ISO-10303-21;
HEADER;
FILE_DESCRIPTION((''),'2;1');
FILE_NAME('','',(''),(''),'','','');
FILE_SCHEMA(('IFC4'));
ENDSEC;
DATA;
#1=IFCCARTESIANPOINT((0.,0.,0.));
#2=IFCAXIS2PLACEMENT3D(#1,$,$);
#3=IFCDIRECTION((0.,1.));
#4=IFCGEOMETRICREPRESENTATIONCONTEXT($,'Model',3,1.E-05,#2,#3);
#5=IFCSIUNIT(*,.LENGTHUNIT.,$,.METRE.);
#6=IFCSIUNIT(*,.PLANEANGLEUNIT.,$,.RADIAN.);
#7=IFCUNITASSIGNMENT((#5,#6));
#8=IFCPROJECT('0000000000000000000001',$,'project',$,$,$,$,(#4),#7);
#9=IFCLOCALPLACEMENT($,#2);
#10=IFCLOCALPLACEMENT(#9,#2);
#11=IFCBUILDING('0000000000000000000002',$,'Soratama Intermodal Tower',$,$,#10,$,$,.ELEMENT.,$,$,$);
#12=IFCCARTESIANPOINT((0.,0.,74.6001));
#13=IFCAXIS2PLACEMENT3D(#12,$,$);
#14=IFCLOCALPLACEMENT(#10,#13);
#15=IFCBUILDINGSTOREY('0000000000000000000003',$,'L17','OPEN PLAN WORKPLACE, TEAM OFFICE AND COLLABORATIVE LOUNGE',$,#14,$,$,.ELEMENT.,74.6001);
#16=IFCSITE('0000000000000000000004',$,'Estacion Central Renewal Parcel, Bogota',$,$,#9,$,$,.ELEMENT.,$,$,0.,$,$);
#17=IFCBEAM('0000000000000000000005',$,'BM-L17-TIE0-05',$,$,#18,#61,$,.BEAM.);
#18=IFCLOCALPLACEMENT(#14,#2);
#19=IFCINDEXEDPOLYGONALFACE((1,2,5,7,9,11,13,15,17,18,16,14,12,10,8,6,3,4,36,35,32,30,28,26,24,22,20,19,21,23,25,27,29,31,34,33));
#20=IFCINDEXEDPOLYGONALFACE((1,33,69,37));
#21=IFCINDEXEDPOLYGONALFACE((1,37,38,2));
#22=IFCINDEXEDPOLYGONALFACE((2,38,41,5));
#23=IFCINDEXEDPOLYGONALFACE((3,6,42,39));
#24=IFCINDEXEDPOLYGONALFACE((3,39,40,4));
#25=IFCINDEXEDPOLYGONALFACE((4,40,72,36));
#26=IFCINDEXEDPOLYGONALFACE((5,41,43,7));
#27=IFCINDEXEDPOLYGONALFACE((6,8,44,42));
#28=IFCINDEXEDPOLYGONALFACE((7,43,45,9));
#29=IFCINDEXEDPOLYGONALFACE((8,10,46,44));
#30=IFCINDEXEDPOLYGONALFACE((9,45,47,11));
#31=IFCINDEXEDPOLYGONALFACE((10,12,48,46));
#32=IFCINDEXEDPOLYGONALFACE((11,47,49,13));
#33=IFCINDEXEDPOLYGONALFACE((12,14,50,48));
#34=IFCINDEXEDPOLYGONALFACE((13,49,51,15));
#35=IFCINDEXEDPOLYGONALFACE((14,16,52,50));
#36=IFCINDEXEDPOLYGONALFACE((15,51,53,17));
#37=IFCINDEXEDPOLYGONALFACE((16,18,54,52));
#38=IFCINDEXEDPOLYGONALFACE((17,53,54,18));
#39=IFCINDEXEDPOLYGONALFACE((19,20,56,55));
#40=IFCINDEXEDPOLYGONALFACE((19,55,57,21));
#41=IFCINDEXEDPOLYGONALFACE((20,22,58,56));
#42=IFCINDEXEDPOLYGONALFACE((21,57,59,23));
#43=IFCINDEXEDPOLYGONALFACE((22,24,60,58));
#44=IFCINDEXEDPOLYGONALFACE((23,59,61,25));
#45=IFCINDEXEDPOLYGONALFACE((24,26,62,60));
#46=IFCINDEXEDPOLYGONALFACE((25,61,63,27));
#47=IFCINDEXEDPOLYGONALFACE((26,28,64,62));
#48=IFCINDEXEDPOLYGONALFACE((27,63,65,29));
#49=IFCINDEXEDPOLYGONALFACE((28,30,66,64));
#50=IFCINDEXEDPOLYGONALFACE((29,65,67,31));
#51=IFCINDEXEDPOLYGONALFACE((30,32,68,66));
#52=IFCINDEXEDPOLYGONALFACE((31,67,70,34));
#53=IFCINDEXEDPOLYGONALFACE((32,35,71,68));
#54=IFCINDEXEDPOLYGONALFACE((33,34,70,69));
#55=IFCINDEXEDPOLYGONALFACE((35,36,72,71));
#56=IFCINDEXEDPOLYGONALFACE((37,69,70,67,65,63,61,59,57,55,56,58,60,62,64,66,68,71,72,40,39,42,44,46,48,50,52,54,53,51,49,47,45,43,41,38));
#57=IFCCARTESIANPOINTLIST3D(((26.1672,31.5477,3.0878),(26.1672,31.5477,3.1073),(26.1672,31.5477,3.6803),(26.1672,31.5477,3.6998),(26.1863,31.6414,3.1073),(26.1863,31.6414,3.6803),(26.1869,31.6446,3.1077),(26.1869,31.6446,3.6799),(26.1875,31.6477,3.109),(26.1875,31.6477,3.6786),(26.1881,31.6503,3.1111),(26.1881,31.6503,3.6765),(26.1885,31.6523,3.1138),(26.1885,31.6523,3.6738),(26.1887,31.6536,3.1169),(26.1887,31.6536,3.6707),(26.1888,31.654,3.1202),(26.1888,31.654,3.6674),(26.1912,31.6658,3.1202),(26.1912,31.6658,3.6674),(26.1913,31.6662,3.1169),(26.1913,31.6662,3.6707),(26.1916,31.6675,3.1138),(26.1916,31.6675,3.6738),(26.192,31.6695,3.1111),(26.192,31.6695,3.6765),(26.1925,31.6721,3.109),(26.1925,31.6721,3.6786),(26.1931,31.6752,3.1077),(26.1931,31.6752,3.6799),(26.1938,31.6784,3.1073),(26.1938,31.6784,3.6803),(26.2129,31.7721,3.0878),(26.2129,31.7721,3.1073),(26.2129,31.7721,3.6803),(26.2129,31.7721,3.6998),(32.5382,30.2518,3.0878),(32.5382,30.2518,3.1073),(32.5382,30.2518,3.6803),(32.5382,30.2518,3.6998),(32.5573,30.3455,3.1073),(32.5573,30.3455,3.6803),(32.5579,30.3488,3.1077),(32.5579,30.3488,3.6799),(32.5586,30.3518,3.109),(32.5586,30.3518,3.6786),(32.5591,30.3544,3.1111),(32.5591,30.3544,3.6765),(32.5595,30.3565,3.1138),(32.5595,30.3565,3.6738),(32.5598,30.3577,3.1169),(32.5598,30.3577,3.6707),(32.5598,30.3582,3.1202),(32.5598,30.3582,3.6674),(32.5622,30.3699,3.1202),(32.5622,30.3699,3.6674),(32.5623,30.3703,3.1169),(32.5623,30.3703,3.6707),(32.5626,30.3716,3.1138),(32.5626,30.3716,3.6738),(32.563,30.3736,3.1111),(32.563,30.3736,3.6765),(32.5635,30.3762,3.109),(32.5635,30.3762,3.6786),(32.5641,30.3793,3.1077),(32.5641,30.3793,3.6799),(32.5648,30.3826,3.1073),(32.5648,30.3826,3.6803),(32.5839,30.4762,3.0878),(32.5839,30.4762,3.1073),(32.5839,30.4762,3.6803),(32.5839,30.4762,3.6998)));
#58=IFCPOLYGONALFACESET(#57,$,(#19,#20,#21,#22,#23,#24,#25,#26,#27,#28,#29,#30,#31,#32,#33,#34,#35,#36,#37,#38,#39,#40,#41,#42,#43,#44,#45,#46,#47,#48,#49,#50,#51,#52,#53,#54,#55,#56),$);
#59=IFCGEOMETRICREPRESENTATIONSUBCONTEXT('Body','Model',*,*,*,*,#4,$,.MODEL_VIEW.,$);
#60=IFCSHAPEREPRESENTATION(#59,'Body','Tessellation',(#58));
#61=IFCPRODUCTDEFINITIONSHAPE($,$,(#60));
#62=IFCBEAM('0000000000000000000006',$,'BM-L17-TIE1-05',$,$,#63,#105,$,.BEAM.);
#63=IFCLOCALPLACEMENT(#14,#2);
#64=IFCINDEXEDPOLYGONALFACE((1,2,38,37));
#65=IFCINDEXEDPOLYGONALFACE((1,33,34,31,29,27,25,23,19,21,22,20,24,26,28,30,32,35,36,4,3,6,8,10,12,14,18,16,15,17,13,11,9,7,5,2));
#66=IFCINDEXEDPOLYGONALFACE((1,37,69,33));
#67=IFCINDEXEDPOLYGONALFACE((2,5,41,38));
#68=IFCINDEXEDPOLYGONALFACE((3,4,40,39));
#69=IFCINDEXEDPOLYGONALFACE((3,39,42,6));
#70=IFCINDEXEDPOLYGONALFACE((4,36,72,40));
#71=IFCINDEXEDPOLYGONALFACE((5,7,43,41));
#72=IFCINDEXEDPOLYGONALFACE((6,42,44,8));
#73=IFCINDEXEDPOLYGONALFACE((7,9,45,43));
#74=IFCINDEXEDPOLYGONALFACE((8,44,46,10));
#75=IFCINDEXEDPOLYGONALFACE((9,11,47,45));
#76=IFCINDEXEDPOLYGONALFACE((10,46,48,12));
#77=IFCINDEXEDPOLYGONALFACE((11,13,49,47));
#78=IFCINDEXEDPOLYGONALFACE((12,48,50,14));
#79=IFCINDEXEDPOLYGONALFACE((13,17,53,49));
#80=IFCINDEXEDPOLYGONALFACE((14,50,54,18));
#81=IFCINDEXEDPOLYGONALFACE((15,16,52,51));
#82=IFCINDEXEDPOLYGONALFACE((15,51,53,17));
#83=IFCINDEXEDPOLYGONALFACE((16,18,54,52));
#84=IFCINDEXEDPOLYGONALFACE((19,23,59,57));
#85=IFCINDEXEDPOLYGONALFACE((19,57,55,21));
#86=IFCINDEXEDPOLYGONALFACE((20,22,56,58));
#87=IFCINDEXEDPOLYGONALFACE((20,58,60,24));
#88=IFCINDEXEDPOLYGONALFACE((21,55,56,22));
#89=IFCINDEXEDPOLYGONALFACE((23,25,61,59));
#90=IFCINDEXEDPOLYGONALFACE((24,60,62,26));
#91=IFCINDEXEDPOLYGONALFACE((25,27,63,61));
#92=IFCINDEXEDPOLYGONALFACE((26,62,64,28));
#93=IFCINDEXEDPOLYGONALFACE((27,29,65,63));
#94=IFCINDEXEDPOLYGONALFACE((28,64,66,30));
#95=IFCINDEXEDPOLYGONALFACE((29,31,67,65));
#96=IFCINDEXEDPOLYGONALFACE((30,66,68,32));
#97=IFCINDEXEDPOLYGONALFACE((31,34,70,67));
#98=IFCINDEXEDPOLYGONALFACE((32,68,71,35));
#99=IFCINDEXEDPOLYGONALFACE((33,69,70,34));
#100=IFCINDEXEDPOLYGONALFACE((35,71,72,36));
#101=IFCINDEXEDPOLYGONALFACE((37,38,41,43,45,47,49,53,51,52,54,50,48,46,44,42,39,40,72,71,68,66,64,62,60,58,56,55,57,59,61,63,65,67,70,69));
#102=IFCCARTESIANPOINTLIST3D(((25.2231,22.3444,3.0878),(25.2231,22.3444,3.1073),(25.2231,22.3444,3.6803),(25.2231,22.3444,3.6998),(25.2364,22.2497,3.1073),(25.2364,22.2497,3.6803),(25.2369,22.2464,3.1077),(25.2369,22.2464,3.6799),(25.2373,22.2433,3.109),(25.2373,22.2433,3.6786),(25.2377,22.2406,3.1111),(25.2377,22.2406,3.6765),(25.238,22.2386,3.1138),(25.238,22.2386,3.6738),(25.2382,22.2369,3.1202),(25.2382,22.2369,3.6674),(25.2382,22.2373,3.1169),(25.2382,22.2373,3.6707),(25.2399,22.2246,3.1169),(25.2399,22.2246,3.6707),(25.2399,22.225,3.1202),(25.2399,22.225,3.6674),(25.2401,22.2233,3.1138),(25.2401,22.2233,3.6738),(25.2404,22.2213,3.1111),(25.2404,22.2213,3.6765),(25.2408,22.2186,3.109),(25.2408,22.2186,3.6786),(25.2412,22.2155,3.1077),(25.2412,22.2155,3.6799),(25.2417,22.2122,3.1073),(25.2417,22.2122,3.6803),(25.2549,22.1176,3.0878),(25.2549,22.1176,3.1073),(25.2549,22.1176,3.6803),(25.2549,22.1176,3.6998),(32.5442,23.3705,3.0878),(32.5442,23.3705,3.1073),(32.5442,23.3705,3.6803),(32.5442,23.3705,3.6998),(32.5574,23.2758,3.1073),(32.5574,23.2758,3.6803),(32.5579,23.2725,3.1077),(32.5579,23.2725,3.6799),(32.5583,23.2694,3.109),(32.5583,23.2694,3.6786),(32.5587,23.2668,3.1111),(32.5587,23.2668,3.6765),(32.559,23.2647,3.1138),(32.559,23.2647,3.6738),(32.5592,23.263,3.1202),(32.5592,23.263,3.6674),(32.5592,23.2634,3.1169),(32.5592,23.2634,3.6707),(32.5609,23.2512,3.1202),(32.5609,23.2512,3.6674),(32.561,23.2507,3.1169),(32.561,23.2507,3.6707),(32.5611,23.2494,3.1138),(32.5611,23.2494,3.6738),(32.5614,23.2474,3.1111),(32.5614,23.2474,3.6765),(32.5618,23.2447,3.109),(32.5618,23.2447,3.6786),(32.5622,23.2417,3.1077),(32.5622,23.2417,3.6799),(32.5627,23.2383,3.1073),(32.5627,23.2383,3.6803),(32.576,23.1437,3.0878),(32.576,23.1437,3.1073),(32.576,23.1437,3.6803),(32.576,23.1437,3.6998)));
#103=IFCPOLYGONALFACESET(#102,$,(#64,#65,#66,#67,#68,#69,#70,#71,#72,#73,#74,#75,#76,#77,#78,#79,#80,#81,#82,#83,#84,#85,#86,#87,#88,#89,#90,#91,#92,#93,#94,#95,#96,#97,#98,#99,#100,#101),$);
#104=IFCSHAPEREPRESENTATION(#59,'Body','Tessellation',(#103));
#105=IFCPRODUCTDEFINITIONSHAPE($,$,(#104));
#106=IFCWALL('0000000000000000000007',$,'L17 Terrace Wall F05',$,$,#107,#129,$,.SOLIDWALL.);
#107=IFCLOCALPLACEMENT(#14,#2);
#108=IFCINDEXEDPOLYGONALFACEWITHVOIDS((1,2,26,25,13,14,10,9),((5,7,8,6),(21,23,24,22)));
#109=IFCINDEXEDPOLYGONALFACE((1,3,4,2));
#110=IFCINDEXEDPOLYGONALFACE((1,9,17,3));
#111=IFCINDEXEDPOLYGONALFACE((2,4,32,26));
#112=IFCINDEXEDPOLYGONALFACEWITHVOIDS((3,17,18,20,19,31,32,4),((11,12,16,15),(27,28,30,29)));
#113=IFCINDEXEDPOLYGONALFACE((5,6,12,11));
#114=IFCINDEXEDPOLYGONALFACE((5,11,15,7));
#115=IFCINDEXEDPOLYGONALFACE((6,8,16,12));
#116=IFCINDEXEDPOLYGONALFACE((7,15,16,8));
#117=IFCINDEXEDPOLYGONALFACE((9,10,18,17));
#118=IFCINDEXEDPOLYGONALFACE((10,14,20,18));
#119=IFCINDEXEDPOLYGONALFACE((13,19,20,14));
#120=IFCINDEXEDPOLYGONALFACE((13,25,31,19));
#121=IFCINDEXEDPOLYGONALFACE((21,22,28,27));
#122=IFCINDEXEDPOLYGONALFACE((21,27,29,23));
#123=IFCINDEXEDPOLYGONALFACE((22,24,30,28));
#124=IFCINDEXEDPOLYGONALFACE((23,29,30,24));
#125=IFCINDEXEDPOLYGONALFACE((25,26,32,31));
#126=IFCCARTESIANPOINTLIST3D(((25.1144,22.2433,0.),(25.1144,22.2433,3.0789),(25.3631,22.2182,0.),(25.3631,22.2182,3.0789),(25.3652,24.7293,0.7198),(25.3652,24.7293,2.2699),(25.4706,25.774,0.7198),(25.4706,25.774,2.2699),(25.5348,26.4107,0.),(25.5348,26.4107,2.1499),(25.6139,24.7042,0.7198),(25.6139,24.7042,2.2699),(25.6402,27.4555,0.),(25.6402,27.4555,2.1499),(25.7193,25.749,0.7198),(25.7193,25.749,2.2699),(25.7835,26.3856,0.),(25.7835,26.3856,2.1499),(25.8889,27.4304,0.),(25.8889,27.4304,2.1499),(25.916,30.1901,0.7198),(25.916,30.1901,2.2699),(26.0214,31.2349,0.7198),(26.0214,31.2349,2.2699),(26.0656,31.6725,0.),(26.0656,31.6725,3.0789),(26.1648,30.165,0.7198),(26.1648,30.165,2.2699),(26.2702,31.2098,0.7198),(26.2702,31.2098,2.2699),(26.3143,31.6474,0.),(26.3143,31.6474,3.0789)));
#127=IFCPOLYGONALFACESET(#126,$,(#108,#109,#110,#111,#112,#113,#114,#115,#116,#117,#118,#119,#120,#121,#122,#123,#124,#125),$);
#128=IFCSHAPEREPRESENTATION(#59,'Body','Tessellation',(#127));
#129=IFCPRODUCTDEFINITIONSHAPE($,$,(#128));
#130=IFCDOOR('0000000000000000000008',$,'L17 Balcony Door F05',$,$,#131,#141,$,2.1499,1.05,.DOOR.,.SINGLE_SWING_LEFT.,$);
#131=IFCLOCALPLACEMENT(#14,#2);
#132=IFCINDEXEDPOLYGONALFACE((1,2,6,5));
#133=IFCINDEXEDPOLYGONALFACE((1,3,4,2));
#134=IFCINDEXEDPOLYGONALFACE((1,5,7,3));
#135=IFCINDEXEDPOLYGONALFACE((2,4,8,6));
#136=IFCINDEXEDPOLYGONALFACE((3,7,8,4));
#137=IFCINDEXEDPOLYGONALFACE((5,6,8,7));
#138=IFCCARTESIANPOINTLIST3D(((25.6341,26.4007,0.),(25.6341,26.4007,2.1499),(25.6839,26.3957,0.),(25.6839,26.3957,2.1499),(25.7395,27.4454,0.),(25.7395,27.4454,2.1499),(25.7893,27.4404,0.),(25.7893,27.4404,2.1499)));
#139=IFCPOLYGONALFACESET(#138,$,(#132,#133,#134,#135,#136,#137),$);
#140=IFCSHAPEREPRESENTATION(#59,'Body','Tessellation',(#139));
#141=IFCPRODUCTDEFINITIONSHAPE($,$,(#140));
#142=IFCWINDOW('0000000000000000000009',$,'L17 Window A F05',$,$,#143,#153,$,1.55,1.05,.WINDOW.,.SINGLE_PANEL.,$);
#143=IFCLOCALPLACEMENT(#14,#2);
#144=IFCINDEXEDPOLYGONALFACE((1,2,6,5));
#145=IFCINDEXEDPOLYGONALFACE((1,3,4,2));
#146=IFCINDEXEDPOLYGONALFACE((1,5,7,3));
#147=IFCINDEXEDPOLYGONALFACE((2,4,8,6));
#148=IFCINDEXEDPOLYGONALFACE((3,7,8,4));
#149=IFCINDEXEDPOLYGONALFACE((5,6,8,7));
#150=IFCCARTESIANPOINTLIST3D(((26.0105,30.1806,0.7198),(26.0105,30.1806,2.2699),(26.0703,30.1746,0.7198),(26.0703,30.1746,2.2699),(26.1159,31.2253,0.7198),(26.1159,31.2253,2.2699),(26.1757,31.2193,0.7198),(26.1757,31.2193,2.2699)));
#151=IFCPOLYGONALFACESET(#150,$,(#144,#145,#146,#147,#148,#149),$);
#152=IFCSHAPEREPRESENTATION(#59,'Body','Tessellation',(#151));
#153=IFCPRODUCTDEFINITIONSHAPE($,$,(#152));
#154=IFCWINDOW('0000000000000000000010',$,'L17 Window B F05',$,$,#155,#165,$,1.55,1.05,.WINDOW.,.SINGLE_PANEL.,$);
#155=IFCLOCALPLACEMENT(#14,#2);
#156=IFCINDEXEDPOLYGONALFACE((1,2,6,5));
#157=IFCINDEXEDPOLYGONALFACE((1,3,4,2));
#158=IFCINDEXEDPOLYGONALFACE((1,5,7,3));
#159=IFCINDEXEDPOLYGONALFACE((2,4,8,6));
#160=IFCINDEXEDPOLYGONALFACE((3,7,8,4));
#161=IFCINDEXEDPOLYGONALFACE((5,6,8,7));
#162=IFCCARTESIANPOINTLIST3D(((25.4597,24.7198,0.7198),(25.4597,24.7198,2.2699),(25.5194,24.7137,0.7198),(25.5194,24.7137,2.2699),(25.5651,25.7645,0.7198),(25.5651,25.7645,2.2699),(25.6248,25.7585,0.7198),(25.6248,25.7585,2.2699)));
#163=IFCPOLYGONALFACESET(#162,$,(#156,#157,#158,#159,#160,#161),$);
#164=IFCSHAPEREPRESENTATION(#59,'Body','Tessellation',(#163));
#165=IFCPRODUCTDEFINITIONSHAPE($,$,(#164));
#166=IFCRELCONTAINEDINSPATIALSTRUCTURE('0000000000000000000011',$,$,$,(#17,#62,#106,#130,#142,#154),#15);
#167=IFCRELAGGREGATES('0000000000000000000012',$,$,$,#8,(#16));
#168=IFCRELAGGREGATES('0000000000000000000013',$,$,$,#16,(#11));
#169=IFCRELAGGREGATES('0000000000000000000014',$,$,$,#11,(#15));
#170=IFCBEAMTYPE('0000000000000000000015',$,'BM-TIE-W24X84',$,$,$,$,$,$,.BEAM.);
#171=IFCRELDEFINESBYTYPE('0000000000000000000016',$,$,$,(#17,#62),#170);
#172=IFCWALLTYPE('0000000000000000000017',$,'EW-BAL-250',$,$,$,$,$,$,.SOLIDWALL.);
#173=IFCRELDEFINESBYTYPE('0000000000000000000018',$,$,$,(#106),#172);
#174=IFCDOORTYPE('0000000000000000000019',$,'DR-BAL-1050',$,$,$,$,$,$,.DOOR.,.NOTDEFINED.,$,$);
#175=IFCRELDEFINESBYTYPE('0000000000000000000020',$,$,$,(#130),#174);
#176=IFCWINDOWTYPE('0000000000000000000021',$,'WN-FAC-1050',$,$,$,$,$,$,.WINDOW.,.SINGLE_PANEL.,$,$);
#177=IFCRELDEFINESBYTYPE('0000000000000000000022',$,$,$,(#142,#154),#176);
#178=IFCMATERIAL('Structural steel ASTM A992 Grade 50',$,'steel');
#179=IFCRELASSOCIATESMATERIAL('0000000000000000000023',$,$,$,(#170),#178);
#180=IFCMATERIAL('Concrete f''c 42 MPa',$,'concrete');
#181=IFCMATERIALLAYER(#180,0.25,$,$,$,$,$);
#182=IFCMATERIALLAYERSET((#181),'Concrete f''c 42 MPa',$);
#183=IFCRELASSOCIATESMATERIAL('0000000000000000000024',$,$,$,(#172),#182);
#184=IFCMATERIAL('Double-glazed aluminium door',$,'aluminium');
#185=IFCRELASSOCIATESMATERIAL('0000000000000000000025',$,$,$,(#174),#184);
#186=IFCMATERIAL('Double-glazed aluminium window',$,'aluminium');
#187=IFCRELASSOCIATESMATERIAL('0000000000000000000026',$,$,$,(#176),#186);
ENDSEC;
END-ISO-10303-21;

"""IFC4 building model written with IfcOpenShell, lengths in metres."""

from ifc_helpers import new_model, si_unit, direction, frame, frame_2d, origin, origin_2d, place, context, subcontext, project, spatial, rectangle, i_section, extrude, material, layer, layer_set, material_profile, profile_set, type_object, element, fill, save


model = new_model("IFC4")

# Units and contexts
model_context = context("Model", 3, precision=1e-05, world=origin(), true_north=direction((0.0, 1.0)))
body_context = subcontext(model_context, "Body", "Model", "MODEL_VIEW")
ifc_project = project(units=[si_unit("LENGTHUNIT", "METRE"), si_unit("PLANEANGLEUNIT", "RADIAN")], contexts=[model_context])

# Site, building, storey
site_placement = place(None, origin())
site = spatial("IfcSite", under=ifc_project, at=site_placement, Name="Estacion Central Renewal Parcel, Bogota", CompositionType="ELEMENT", RefElevation=0.0)
building_placement = place(site_placement, origin())
building = spatial("IfcBuilding", under=site, at=building_placement, Name="Soratama Intermodal Tower", CompositionType="ELEMENT")
storey_placement = place(building_placement, frame((0.0, 0.0, 74.6001)))
storey = spatial("IfcBuildingStorey", under=building, at=storey_placement, Name="L17", Description="OPEN PLAN WORKPLACE, TEAM OFFICE AND COLLABORATIVE LOUNGE", CompositionType="ELEMENT", Elevation=74.6001)

# Beams
ifc_material_1 = material(Name="Structural steel ASTM A992 Grade 50", Category="steel")
ifc_material_profile_1 = material_profile(ifc_material_1, i_section(OverallWidth=0.229, OverallDepth=0.6121, WebThickness=0.012, FlangeThickness=0.0195, FilletRadius=0.0129, at=origin_2d()), Name="W24X84")
ifc_profile_set_1 = profile_set([ifc_material_profile_1], Name="Structural steel ASTM A992 Grade 50")
beam_type_1 = type_object("IfcBeamType", Name="BM-TIE-W24X84", PredefinedType="BEAM", material=ifc_profile_set_1)
beam_1_placement = place(storey_placement, frame((32.561, 30.364, 3.3938), z_axis=(-0.979934, 0.199321, 0.0), x_axis=(-0.199321, -0.979934, 0.0)))
element("IfcBeam", 1, at=beam_1_placement, inside=storey, type_object=beam_type_1, Name="BM-L17-TIE0-05", PredefinedType="BEAM", context=body_context, shape_type="SweptSolid", body=[
    extrude(i_section(OverallWidth=0.229, OverallDepth=0.6121, WebThickness=0.012, FlangeThickness=0.0195, FilletRadius=0.0129, at=origin_2d()), origin(), (0.0, 0.0, 1.0), 6.5015),
])
beam_2_placement = place(storey_placement, frame((32.5601, 23.2571, 3.3938), z_axis=(-0.99032, -0.138804, 0.0), x_axis=(0.138804, -0.99032, 0.0)))
element("IfcBeam", 2, at=beam_2_placement, inside=storey, type_object=beam_type_1, Name="BM-L17-TIE1-05", PredefinedType="BEAM", context=body_context, shape_type="SweptSolid", body=[
    extrude(i_section(OverallWidth=0.229, OverallDepth=0.6121, WebThickness=0.012, FlangeThickness=0.0195, FilletRadius=0.0129, at=origin_2d()), origin(), (0.0, 0.0, 1.0), 7.3926),
])

# Wall, openings, door, windows
ifc_material_2 = material(Name="Concrete f'c 42 MPa", Category="concrete")
ifc_layer_1 = layer(ifc_material_2, 0.25)
ifc_layer_set_1 = layer_set([ifc_layer_1], Name="Concrete f'c 42 MPa")
wall_type_1 = type_object("IfcWallType", Name="EW-BAL-250", PredefinedType="SOLIDWALL", material=ifc_layer_set_1)
wall_1_placement = place(storey_placement, frame((26.1899, 31.6599, 0.0), z_axis=(0.0, 0.0, 1.0), x_axis=(-0.100366, -0.994951, 0.0)))
wall_1 = element("IfcWall", 3, at=wall_1_placement, inside=storey, type_object=wall_type_1, Name="L17 Terrace Wall F05", PredefinedType="SOLIDWALL", context=body_context, shape_type="SweptSolid", body=[
    extrude(rectangle(XDim=9.4771, YDim=0.25, at=frame_2d((4.7385, 0.0))), origin(), (0.0, 0.0, 1.0), 3.0789),
])
opening_1_placement = place(wall_1_placement, frame((4.2385, 0.0, 0.0)))
opening_1 = element("IfcOpeningElement", 4, at=opening_1_placement, cuts=wall_1, PredefinedType="OPENING", context=body_context, shape_type="SweptSolid", body=[
    extrude(rectangle(XDim=1.05, YDim=2.1499, at=frame_2d((0.5249, 1.075))), frame((0.0, 0.135, 0.0), z_axis=(0.0, -1.0, 0.0), x_axis=(1.0, 0.0, 0.0)), (0.0, 0.0, 1.0), 0.27),
])
opening_2_placement = place(wall_1_placement, frame((0.4399, 0.0, 0.72)))
opening_2 = element("IfcOpeningElement", 5, at=opening_2_placement, cuts=wall_1, PredefinedType="OPENING", context=body_context, shape_type="SweptSolid", body=[
    extrude(rectangle(XDim=1.05, YDim=1.55, at=frame_2d((0.5249, 0.7749))), frame((0.0, 0.135, 0.0), z_axis=(0.0, -1.0, 0.0), x_axis=(1.0, 0.0, 0.0)), (0.0, 0.0, 1.0), 0.27),
])
opening_3_placement = place(wall_1_placement, frame((5.9285, 0.0, 0.72)))
opening_3 = element("IfcOpeningElement", 6, at=opening_3_placement, cuts=wall_1, PredefinedType="OPENING", context=body_context, shape_type="SweptSolid", body=[
    extrude(rectangle(XDim=1.05, YDim=1.55, at=frame_2d((0.5249, 0.7749))), frame((0.0, 0.135, 0.0), z_axis=(0.0, -1.0, 0.0), x_axis=(1.0, 0.0, 0.0)), (0.0, 0.0, 1.0), 0.27),
])
ifc_material_3 = material(Name="Double-glazed aluminium door", Category="aluminium")
door_type_1 = type_object("IfcDoorType", Name="DR-BAL-1050", OperationType="NOTDEFINED", PredefinedType="DOOR", material=ifc_material_3)
door_1_placement = place(opening_1_placement, origin())
door_1 = element("IfcDoor", 7, at=door_1_placement, inside=storey, type_object=door_type_1, Name="L17 Balcony Door F05", OperationType="SINGLE_SWING_LEFT", OverallHeight=2.1499, OverallWidth=1.05, PredefinedType="DOOR", context=body_context, shape_type="SweptSolid", body=[
    extrude(rectangle(XDim=1.05, YDim=2.1499, at=frame_2d((0.5249, 1.075))), frame((0.0, 0.0249, 0.0), z_axis=(0.0, -1.0, 0.0), x_axis=(1.0, 0.0, 0.0)), (0.0, 0.0, 1.0), 0.05),
])
fill(opening_1, door_1)
ifc_material_4 = material(Name="Double-glazed aluminium window", Category="aluminium")
window_type_1 = type_object("IfcWindowType", Name="WN-FAC-1050", PartitioningType="SINGLE_PANEL", PredefinedType="WINDOW", material=ifc_material_4)
window_1_placement = place(opening_2_placement, origin())
window_1 = element("IfcWindow", 8, at=window_1_placement, inside=storey, type_object=window_type_1, Name="L17 Window A F05", OverallHeight=1.55, OverallWidth=1.05, PartitioningType="SINGLE_PANEL", PredefinedType="WINDOW", context=body_context, shape_type="SweptSolid", body=[
    extrude(rectangle(XDim=1.05, YDim=1.55, at=frame_2d((0.5249, 0.7749))), frame((0.0, 0.03, 0.0), z_axis=(0.0, -1.0, 0.0), x_axis=(1.0, 0.0, 0.0)), (0.0, 0.0, 1.0), 0.0601),
])
fill(opening_2, window_1)
window_2_placement = place(opening_3_placement, origin())
window_2 = element("IfcWindow", 9, at=window_2_placement, inside=storey, type_object=window_type_1, Name="L17 Window B F05", OverallHeight=1.55, OverallWidth=1.05, PartitioningType="SINGLE_PANEL", PredefinedType="WINDOW", context=body_context, shape_type="SweptSolid", body=[
    extrude(rectangle(XDim=1.05, YDim=1.55, at=frame_2d((0.5249, 0.7749))), frame((0.0, 0.03, 0.0), z_axis=(0.0, -1.0, 0.0), x_axis=(1.0, 0.0, 0.0)), (0.0, 0.0, 1.0), 0.0601),
])
fill(opening_3, window_2)

save(model, "model.ifc")
